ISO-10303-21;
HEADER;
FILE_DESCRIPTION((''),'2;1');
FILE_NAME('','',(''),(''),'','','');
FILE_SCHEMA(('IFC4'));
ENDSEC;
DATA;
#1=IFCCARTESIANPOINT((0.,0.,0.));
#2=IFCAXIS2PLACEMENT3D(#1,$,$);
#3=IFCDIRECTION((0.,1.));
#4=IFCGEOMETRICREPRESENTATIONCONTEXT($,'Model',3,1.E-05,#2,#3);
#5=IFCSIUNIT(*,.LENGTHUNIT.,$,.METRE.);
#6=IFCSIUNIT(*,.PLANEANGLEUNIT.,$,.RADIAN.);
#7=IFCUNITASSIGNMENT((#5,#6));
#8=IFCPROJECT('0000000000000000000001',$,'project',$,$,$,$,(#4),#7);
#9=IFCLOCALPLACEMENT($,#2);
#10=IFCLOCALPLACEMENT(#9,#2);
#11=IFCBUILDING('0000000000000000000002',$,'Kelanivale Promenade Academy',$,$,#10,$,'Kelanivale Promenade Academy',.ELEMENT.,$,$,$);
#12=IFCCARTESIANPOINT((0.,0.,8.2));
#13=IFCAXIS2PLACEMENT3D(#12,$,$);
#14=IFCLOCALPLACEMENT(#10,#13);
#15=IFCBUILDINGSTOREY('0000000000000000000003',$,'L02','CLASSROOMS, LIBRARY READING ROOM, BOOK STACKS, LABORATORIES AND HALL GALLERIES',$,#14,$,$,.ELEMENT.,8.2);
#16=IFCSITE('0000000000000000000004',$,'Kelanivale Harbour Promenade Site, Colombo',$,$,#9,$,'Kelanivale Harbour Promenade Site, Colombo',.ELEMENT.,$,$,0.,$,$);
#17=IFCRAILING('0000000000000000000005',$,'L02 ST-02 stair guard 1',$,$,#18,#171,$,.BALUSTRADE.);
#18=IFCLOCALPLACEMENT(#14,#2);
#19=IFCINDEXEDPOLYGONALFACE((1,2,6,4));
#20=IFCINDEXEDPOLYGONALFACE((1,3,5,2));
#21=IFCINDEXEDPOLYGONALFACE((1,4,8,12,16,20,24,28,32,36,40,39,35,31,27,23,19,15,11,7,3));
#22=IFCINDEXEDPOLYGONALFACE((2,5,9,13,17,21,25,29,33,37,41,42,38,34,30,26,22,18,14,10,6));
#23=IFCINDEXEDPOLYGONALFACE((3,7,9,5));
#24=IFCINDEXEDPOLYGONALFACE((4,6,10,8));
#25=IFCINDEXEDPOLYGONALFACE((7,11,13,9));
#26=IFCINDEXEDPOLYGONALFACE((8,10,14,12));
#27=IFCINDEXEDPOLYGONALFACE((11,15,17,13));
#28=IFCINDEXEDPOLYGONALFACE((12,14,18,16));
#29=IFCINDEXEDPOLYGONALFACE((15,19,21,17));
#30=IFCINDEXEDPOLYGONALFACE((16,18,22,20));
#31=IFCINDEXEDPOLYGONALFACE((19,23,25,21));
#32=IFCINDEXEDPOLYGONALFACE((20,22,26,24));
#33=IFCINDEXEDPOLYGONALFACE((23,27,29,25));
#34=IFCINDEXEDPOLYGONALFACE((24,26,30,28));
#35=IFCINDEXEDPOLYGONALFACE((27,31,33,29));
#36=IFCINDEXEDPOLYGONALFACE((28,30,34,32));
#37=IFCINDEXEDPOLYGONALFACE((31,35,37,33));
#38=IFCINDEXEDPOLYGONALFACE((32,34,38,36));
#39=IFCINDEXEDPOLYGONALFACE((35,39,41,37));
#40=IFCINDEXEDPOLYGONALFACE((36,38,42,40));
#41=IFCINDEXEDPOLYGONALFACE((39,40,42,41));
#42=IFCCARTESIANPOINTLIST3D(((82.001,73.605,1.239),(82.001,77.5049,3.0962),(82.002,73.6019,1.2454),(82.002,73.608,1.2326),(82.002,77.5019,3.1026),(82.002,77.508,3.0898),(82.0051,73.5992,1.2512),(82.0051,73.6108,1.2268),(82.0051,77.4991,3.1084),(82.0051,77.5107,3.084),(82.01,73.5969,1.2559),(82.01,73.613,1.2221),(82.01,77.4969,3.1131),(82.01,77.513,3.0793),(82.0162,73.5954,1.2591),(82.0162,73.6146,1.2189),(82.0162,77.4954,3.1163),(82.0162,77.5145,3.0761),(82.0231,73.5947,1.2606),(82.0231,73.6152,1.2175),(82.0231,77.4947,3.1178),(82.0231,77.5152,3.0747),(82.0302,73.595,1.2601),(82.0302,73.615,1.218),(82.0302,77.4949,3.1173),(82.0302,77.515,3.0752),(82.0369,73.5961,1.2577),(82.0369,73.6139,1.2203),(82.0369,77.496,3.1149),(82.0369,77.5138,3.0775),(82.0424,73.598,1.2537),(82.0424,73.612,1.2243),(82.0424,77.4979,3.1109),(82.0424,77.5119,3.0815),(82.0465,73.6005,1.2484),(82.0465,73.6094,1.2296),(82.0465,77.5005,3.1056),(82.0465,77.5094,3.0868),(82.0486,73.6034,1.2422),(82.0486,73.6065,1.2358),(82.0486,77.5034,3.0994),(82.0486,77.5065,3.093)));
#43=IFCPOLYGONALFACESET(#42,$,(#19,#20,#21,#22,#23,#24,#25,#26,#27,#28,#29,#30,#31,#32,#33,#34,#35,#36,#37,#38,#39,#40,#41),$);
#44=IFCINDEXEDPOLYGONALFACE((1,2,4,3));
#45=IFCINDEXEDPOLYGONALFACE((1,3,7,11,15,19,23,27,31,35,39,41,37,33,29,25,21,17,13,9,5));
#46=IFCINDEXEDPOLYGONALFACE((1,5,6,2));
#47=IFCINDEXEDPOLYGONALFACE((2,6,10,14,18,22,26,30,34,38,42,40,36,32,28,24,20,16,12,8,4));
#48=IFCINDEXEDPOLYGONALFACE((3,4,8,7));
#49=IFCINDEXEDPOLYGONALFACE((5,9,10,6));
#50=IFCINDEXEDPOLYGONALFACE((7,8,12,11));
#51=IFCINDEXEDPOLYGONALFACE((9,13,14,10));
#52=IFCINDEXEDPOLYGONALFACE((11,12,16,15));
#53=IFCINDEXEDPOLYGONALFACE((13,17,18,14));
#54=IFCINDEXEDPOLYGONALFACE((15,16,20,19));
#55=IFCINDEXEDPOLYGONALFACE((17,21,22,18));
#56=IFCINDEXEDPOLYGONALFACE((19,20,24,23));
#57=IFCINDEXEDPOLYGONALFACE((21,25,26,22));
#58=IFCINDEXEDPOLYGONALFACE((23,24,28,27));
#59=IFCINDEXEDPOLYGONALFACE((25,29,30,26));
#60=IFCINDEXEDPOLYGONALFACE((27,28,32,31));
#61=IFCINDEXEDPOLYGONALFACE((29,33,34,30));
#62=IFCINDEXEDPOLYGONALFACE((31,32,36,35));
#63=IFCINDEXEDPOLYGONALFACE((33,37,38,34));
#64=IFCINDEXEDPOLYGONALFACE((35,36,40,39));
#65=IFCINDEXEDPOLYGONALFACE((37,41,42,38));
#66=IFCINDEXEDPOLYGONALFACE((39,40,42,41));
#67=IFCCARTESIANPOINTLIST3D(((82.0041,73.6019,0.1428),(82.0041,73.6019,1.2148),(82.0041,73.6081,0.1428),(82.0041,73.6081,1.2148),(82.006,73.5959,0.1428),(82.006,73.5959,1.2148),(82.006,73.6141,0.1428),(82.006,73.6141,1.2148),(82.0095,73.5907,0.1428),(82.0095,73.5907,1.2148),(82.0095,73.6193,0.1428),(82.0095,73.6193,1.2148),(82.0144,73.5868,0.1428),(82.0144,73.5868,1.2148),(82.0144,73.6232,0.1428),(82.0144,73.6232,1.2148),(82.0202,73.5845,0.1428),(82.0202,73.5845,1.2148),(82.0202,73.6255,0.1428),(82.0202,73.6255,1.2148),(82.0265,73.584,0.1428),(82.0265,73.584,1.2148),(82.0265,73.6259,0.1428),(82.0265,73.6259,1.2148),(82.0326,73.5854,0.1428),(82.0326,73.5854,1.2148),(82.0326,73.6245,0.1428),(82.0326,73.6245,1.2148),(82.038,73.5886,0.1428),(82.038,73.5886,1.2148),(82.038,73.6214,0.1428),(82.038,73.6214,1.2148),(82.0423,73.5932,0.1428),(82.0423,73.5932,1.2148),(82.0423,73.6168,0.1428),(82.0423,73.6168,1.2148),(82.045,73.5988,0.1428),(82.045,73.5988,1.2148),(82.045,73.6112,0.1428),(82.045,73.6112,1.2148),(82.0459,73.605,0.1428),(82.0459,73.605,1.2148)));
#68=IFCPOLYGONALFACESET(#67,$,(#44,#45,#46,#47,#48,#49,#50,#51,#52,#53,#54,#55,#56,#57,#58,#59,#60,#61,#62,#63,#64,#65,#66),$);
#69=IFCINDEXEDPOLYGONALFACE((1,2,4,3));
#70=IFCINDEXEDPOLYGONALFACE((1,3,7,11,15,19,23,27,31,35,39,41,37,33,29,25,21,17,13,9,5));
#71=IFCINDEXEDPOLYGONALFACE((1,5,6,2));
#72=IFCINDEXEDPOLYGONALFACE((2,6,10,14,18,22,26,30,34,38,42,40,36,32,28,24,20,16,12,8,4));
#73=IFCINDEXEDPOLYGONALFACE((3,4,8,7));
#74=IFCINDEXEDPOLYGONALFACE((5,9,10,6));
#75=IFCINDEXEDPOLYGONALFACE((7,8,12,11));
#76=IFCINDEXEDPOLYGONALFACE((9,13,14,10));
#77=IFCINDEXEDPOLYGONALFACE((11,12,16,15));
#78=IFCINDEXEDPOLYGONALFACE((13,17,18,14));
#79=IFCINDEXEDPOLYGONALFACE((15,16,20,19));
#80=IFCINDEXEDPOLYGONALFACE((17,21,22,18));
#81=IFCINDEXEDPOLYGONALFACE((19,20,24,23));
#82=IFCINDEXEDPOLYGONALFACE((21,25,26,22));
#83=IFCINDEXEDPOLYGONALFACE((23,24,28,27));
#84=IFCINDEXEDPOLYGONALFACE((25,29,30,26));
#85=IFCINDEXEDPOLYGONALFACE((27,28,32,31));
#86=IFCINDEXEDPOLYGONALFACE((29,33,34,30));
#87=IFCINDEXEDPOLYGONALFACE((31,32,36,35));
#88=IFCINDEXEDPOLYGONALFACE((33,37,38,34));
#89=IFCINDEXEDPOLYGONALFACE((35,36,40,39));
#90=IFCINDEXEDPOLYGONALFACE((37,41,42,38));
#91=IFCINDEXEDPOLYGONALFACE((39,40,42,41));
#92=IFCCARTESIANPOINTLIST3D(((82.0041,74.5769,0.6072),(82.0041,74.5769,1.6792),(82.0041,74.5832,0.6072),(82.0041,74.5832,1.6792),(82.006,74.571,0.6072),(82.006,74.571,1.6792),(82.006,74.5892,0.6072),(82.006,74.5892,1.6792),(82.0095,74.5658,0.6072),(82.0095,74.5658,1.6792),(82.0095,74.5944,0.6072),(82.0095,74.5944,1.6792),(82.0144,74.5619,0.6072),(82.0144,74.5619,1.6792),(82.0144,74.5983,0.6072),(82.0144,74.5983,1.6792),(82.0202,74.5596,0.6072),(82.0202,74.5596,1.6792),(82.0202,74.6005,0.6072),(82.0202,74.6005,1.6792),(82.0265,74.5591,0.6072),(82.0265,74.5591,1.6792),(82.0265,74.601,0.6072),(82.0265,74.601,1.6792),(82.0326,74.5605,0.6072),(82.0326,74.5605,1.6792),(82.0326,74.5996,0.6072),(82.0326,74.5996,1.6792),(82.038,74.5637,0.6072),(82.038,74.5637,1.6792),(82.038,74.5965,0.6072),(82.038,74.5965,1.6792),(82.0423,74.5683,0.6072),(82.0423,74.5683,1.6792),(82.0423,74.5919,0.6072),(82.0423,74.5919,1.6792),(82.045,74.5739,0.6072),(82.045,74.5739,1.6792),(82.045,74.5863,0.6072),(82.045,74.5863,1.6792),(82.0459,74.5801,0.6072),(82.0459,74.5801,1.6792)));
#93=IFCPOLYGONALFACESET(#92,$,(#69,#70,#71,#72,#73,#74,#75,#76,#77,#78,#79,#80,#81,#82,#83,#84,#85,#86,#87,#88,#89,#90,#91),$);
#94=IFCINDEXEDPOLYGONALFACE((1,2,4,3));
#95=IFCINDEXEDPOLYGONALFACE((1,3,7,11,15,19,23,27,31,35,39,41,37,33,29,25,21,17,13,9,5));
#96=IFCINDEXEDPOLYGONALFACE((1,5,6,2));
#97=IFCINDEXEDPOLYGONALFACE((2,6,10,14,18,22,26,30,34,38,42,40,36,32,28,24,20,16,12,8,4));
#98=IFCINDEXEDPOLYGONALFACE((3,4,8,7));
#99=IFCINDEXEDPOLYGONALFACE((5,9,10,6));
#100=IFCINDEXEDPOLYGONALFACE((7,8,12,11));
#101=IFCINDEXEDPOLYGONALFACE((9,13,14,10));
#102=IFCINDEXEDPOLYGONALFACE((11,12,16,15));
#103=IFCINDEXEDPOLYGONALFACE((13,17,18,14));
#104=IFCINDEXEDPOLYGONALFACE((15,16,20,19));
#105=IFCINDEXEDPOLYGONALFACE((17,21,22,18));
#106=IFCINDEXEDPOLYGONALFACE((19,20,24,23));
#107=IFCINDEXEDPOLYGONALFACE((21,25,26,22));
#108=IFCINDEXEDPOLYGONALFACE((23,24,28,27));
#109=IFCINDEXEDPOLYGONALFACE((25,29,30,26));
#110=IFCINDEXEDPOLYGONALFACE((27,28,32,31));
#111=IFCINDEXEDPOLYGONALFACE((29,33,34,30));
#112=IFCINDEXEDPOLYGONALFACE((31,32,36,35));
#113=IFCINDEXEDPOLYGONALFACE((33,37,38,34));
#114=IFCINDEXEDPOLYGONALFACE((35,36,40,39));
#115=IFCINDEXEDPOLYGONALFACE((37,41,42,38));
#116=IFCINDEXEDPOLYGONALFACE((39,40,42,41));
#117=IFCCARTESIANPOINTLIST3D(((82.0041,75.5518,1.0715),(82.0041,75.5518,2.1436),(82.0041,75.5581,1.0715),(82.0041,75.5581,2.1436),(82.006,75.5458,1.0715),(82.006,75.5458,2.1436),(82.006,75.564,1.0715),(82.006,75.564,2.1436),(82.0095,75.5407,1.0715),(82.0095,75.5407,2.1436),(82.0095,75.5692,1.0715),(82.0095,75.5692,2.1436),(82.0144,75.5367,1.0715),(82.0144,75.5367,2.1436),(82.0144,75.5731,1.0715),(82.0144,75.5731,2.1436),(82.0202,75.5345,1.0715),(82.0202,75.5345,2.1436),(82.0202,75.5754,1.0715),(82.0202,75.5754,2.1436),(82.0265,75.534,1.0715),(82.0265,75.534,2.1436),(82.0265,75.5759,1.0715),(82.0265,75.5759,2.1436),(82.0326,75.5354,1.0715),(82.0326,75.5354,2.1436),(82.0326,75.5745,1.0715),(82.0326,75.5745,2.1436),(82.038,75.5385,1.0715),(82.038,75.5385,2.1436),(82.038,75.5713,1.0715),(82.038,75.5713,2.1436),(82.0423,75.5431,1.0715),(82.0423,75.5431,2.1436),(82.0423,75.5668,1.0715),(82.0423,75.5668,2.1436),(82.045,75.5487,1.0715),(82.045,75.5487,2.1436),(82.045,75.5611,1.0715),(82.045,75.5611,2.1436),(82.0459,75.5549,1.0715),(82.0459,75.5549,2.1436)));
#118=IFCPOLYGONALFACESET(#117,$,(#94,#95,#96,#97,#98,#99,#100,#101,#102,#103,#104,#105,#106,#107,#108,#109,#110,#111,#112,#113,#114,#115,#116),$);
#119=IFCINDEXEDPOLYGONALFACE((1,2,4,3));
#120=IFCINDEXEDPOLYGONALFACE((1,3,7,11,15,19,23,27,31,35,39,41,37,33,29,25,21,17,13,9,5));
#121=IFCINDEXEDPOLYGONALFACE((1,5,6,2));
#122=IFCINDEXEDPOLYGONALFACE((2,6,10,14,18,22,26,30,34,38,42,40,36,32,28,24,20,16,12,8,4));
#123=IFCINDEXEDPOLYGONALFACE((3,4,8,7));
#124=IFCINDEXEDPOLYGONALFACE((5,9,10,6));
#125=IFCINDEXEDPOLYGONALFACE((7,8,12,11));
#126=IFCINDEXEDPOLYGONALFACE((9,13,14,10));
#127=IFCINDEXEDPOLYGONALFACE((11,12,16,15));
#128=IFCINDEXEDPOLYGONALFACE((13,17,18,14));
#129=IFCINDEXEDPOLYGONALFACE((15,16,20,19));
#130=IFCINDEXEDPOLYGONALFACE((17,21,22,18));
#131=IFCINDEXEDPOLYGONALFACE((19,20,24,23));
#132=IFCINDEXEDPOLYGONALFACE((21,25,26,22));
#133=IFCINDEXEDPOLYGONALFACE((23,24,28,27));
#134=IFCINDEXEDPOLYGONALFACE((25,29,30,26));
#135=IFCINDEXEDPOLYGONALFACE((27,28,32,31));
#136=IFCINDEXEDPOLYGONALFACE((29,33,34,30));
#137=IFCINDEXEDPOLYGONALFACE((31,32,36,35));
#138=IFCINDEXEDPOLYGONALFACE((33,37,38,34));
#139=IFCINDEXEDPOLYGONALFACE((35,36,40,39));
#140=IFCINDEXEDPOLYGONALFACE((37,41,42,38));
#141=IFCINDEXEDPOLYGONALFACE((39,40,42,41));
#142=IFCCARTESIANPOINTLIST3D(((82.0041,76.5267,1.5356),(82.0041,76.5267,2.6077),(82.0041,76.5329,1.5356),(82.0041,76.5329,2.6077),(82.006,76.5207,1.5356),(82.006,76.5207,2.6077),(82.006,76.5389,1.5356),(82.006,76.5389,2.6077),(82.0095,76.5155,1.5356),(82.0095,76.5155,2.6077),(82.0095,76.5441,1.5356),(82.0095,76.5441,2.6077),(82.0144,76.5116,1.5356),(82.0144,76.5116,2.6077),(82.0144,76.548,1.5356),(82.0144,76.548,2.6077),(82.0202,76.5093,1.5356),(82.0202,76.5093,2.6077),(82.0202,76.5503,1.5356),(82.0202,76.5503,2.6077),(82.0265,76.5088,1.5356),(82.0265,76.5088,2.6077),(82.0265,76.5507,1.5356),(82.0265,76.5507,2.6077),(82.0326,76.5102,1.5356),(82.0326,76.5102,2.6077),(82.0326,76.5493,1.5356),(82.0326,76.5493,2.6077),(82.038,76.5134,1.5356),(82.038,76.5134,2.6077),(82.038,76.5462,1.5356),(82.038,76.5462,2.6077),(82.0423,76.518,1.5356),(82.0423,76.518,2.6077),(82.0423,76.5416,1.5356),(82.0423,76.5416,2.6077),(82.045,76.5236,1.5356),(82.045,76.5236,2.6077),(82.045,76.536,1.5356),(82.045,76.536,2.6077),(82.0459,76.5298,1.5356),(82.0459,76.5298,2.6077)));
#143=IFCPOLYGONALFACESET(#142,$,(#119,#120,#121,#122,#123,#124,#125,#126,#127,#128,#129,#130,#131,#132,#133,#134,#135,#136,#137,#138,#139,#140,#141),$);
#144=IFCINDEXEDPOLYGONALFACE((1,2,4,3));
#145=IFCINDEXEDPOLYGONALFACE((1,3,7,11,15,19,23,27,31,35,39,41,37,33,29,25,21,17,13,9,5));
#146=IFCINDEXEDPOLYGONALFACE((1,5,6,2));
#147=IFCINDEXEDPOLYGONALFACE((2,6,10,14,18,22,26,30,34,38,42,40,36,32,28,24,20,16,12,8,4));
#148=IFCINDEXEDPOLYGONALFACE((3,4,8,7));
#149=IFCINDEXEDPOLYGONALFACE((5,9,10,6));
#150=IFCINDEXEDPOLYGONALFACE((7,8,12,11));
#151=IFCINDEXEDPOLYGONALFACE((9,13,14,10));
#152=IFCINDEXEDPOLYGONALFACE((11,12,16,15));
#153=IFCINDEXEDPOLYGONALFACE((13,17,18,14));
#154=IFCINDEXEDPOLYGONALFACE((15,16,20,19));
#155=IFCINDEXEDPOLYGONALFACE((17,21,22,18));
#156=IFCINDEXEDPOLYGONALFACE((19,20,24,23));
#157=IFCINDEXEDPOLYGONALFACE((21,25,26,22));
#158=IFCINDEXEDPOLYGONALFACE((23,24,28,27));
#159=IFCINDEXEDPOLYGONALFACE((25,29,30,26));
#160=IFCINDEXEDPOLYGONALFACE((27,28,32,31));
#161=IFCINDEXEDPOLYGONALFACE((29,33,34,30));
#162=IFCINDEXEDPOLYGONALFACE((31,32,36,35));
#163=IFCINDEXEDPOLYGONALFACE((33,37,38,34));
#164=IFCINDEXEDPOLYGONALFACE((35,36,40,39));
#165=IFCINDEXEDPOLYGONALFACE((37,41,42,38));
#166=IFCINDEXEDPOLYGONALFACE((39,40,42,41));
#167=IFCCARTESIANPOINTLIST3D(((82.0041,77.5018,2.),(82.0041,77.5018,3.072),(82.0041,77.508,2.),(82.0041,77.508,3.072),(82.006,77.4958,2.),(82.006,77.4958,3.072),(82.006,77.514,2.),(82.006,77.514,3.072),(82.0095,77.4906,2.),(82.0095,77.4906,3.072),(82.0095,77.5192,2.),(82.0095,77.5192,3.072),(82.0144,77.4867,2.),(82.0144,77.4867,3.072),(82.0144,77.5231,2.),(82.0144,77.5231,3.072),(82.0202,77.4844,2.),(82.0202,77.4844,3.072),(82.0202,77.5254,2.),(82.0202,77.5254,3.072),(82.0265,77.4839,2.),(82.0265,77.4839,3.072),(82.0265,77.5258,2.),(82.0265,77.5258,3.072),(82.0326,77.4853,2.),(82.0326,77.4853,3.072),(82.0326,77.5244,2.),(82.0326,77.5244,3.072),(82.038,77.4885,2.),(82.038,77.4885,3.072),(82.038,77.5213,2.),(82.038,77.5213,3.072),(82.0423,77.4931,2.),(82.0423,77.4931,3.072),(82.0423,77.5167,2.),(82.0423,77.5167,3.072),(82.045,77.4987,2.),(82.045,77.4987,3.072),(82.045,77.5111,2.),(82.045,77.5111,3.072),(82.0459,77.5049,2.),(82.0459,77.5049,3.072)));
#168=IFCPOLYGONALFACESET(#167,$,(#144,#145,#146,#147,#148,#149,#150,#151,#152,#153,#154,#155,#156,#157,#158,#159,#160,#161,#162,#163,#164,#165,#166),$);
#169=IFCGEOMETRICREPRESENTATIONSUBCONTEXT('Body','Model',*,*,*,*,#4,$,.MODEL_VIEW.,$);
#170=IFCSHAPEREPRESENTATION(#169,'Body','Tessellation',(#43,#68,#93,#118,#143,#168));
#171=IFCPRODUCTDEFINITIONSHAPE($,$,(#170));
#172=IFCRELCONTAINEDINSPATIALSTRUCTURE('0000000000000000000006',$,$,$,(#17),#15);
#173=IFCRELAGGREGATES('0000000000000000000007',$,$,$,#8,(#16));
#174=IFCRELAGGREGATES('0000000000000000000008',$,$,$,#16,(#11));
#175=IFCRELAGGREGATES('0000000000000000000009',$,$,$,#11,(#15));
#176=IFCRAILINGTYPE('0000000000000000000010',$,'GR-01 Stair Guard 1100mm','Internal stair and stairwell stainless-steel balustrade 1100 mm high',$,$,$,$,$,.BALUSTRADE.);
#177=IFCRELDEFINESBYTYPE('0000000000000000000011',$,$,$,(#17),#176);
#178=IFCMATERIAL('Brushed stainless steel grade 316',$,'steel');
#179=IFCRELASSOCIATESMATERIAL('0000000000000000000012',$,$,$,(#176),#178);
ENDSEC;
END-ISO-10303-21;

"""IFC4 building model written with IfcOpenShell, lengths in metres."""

from ifc_helpers import new_model, si_unit, direction, frame, origin, origin_2d, place, context, subcontext, project, spatial, circle, extrude, material, type_object, element, save


model = new_model("IFC4")

# Units and contexts
model_context = context("Model", 3, precision=1e-05, world=origin(), true_north=direction((0.0, 1.0)))
body_context = subcontext(model_context, "Body", "Model", "MODEL_VIEW")
ifc_project = project(units=[si_unit("LENGTHUNIT", "METRE"), si_unit("PLANEANGLEUNIT", "RADIAN")], contexts=[model_context])

# Site, building, storey
site_placement = place(None, origin())
site = spatial("IfcSite", under=ifc_project, at=site_placement, Name="Kelanivale Harbour Promenade Site, Colombo", LongName="Kelanivale Harbour Promenade Site, Colombo", CompositionType="ELEMENT", RefElevation=0.0)
building_placement = place(site_placement, origin())
building = spatial("IfcBuilding", under=site, at=building_placement, Name="Kelanivale Promenade Academy", LongName="Kelanivale Promenade Academy", CompositionType="ELEMENT")
storey_placement = place(building_placement, frame((0.0, 0.0, 8.2)))
storey = spatial("IfcBuildingStorey", under=building, at=storey_placement, Name="L02", Description="CLASSROOMS, LIBRARY READING ROOM, BOOK STACKS, LABORATORIES AND HALL GALLERIES", CompositionType="ELEMENT", Elevation=8.2)

# Railing
ifc_material_1 = material(Name="Brushed stainless steel grade 316", Category="steel")
railing_type_1 = type_object("IfcRailingType", Name="GR-01 Stair Guard 1100mm", Description="Internal stair and stairwell stainless-steel balustrade 1100 mm high", PredefinedType="BALUSTRADE", material=ifc_material_1)
railing_1_placement = place(storey_placement, frame((82.0249, 73.605, 0.1428)))
element("IfcRailing", 1, at=railing_1_placement, inside=storey, type_object=railing_type_1, Name="L02 ST-02 stair guard 1", PredefinedType="BALUSTRADE", context=body_context, shape_type="SweptSolid", body=[
    extrude(circle(Radius=0.0239, at=origin_2d()), frame((0.0, 0.0, 1.0962), z_axis=(0.0, 0.902853, 0.429949), x_axis=(-1.0, 0.0, 0.0)), (0.0, 0.0, 1.0), 4.3196),
    extrude(circle(Radius=0.021, at=origin_2d()), origin(), (0.0, 0.0, 1.0), 1.072),
    extrude(circle(Radius=0.021, at=origin_2d()), frame((0.0, 0.9751, 0.4644)), (0.0, 0.0, 1.0), 1.072),
    extrude(circle(Radius=0.021, at=origin_2d()), frame((0.0, 1.95, 0.9287)), (0.0, 0.0, 1.0), 1.072),
    extrude(circle(Radius=0.021, at=origin_2d()), frame((0.0, 2.9248, 1.3928)), (0.0, 0.0, 1.0), 1.072),
    extrude(circle(Radius=0.021, at=origin_2d()), frame((0.0, 3.8999, 1.8572)), (0.0, 0.0, 1.0), 1.072),
])

save(model, "model.ifc")
